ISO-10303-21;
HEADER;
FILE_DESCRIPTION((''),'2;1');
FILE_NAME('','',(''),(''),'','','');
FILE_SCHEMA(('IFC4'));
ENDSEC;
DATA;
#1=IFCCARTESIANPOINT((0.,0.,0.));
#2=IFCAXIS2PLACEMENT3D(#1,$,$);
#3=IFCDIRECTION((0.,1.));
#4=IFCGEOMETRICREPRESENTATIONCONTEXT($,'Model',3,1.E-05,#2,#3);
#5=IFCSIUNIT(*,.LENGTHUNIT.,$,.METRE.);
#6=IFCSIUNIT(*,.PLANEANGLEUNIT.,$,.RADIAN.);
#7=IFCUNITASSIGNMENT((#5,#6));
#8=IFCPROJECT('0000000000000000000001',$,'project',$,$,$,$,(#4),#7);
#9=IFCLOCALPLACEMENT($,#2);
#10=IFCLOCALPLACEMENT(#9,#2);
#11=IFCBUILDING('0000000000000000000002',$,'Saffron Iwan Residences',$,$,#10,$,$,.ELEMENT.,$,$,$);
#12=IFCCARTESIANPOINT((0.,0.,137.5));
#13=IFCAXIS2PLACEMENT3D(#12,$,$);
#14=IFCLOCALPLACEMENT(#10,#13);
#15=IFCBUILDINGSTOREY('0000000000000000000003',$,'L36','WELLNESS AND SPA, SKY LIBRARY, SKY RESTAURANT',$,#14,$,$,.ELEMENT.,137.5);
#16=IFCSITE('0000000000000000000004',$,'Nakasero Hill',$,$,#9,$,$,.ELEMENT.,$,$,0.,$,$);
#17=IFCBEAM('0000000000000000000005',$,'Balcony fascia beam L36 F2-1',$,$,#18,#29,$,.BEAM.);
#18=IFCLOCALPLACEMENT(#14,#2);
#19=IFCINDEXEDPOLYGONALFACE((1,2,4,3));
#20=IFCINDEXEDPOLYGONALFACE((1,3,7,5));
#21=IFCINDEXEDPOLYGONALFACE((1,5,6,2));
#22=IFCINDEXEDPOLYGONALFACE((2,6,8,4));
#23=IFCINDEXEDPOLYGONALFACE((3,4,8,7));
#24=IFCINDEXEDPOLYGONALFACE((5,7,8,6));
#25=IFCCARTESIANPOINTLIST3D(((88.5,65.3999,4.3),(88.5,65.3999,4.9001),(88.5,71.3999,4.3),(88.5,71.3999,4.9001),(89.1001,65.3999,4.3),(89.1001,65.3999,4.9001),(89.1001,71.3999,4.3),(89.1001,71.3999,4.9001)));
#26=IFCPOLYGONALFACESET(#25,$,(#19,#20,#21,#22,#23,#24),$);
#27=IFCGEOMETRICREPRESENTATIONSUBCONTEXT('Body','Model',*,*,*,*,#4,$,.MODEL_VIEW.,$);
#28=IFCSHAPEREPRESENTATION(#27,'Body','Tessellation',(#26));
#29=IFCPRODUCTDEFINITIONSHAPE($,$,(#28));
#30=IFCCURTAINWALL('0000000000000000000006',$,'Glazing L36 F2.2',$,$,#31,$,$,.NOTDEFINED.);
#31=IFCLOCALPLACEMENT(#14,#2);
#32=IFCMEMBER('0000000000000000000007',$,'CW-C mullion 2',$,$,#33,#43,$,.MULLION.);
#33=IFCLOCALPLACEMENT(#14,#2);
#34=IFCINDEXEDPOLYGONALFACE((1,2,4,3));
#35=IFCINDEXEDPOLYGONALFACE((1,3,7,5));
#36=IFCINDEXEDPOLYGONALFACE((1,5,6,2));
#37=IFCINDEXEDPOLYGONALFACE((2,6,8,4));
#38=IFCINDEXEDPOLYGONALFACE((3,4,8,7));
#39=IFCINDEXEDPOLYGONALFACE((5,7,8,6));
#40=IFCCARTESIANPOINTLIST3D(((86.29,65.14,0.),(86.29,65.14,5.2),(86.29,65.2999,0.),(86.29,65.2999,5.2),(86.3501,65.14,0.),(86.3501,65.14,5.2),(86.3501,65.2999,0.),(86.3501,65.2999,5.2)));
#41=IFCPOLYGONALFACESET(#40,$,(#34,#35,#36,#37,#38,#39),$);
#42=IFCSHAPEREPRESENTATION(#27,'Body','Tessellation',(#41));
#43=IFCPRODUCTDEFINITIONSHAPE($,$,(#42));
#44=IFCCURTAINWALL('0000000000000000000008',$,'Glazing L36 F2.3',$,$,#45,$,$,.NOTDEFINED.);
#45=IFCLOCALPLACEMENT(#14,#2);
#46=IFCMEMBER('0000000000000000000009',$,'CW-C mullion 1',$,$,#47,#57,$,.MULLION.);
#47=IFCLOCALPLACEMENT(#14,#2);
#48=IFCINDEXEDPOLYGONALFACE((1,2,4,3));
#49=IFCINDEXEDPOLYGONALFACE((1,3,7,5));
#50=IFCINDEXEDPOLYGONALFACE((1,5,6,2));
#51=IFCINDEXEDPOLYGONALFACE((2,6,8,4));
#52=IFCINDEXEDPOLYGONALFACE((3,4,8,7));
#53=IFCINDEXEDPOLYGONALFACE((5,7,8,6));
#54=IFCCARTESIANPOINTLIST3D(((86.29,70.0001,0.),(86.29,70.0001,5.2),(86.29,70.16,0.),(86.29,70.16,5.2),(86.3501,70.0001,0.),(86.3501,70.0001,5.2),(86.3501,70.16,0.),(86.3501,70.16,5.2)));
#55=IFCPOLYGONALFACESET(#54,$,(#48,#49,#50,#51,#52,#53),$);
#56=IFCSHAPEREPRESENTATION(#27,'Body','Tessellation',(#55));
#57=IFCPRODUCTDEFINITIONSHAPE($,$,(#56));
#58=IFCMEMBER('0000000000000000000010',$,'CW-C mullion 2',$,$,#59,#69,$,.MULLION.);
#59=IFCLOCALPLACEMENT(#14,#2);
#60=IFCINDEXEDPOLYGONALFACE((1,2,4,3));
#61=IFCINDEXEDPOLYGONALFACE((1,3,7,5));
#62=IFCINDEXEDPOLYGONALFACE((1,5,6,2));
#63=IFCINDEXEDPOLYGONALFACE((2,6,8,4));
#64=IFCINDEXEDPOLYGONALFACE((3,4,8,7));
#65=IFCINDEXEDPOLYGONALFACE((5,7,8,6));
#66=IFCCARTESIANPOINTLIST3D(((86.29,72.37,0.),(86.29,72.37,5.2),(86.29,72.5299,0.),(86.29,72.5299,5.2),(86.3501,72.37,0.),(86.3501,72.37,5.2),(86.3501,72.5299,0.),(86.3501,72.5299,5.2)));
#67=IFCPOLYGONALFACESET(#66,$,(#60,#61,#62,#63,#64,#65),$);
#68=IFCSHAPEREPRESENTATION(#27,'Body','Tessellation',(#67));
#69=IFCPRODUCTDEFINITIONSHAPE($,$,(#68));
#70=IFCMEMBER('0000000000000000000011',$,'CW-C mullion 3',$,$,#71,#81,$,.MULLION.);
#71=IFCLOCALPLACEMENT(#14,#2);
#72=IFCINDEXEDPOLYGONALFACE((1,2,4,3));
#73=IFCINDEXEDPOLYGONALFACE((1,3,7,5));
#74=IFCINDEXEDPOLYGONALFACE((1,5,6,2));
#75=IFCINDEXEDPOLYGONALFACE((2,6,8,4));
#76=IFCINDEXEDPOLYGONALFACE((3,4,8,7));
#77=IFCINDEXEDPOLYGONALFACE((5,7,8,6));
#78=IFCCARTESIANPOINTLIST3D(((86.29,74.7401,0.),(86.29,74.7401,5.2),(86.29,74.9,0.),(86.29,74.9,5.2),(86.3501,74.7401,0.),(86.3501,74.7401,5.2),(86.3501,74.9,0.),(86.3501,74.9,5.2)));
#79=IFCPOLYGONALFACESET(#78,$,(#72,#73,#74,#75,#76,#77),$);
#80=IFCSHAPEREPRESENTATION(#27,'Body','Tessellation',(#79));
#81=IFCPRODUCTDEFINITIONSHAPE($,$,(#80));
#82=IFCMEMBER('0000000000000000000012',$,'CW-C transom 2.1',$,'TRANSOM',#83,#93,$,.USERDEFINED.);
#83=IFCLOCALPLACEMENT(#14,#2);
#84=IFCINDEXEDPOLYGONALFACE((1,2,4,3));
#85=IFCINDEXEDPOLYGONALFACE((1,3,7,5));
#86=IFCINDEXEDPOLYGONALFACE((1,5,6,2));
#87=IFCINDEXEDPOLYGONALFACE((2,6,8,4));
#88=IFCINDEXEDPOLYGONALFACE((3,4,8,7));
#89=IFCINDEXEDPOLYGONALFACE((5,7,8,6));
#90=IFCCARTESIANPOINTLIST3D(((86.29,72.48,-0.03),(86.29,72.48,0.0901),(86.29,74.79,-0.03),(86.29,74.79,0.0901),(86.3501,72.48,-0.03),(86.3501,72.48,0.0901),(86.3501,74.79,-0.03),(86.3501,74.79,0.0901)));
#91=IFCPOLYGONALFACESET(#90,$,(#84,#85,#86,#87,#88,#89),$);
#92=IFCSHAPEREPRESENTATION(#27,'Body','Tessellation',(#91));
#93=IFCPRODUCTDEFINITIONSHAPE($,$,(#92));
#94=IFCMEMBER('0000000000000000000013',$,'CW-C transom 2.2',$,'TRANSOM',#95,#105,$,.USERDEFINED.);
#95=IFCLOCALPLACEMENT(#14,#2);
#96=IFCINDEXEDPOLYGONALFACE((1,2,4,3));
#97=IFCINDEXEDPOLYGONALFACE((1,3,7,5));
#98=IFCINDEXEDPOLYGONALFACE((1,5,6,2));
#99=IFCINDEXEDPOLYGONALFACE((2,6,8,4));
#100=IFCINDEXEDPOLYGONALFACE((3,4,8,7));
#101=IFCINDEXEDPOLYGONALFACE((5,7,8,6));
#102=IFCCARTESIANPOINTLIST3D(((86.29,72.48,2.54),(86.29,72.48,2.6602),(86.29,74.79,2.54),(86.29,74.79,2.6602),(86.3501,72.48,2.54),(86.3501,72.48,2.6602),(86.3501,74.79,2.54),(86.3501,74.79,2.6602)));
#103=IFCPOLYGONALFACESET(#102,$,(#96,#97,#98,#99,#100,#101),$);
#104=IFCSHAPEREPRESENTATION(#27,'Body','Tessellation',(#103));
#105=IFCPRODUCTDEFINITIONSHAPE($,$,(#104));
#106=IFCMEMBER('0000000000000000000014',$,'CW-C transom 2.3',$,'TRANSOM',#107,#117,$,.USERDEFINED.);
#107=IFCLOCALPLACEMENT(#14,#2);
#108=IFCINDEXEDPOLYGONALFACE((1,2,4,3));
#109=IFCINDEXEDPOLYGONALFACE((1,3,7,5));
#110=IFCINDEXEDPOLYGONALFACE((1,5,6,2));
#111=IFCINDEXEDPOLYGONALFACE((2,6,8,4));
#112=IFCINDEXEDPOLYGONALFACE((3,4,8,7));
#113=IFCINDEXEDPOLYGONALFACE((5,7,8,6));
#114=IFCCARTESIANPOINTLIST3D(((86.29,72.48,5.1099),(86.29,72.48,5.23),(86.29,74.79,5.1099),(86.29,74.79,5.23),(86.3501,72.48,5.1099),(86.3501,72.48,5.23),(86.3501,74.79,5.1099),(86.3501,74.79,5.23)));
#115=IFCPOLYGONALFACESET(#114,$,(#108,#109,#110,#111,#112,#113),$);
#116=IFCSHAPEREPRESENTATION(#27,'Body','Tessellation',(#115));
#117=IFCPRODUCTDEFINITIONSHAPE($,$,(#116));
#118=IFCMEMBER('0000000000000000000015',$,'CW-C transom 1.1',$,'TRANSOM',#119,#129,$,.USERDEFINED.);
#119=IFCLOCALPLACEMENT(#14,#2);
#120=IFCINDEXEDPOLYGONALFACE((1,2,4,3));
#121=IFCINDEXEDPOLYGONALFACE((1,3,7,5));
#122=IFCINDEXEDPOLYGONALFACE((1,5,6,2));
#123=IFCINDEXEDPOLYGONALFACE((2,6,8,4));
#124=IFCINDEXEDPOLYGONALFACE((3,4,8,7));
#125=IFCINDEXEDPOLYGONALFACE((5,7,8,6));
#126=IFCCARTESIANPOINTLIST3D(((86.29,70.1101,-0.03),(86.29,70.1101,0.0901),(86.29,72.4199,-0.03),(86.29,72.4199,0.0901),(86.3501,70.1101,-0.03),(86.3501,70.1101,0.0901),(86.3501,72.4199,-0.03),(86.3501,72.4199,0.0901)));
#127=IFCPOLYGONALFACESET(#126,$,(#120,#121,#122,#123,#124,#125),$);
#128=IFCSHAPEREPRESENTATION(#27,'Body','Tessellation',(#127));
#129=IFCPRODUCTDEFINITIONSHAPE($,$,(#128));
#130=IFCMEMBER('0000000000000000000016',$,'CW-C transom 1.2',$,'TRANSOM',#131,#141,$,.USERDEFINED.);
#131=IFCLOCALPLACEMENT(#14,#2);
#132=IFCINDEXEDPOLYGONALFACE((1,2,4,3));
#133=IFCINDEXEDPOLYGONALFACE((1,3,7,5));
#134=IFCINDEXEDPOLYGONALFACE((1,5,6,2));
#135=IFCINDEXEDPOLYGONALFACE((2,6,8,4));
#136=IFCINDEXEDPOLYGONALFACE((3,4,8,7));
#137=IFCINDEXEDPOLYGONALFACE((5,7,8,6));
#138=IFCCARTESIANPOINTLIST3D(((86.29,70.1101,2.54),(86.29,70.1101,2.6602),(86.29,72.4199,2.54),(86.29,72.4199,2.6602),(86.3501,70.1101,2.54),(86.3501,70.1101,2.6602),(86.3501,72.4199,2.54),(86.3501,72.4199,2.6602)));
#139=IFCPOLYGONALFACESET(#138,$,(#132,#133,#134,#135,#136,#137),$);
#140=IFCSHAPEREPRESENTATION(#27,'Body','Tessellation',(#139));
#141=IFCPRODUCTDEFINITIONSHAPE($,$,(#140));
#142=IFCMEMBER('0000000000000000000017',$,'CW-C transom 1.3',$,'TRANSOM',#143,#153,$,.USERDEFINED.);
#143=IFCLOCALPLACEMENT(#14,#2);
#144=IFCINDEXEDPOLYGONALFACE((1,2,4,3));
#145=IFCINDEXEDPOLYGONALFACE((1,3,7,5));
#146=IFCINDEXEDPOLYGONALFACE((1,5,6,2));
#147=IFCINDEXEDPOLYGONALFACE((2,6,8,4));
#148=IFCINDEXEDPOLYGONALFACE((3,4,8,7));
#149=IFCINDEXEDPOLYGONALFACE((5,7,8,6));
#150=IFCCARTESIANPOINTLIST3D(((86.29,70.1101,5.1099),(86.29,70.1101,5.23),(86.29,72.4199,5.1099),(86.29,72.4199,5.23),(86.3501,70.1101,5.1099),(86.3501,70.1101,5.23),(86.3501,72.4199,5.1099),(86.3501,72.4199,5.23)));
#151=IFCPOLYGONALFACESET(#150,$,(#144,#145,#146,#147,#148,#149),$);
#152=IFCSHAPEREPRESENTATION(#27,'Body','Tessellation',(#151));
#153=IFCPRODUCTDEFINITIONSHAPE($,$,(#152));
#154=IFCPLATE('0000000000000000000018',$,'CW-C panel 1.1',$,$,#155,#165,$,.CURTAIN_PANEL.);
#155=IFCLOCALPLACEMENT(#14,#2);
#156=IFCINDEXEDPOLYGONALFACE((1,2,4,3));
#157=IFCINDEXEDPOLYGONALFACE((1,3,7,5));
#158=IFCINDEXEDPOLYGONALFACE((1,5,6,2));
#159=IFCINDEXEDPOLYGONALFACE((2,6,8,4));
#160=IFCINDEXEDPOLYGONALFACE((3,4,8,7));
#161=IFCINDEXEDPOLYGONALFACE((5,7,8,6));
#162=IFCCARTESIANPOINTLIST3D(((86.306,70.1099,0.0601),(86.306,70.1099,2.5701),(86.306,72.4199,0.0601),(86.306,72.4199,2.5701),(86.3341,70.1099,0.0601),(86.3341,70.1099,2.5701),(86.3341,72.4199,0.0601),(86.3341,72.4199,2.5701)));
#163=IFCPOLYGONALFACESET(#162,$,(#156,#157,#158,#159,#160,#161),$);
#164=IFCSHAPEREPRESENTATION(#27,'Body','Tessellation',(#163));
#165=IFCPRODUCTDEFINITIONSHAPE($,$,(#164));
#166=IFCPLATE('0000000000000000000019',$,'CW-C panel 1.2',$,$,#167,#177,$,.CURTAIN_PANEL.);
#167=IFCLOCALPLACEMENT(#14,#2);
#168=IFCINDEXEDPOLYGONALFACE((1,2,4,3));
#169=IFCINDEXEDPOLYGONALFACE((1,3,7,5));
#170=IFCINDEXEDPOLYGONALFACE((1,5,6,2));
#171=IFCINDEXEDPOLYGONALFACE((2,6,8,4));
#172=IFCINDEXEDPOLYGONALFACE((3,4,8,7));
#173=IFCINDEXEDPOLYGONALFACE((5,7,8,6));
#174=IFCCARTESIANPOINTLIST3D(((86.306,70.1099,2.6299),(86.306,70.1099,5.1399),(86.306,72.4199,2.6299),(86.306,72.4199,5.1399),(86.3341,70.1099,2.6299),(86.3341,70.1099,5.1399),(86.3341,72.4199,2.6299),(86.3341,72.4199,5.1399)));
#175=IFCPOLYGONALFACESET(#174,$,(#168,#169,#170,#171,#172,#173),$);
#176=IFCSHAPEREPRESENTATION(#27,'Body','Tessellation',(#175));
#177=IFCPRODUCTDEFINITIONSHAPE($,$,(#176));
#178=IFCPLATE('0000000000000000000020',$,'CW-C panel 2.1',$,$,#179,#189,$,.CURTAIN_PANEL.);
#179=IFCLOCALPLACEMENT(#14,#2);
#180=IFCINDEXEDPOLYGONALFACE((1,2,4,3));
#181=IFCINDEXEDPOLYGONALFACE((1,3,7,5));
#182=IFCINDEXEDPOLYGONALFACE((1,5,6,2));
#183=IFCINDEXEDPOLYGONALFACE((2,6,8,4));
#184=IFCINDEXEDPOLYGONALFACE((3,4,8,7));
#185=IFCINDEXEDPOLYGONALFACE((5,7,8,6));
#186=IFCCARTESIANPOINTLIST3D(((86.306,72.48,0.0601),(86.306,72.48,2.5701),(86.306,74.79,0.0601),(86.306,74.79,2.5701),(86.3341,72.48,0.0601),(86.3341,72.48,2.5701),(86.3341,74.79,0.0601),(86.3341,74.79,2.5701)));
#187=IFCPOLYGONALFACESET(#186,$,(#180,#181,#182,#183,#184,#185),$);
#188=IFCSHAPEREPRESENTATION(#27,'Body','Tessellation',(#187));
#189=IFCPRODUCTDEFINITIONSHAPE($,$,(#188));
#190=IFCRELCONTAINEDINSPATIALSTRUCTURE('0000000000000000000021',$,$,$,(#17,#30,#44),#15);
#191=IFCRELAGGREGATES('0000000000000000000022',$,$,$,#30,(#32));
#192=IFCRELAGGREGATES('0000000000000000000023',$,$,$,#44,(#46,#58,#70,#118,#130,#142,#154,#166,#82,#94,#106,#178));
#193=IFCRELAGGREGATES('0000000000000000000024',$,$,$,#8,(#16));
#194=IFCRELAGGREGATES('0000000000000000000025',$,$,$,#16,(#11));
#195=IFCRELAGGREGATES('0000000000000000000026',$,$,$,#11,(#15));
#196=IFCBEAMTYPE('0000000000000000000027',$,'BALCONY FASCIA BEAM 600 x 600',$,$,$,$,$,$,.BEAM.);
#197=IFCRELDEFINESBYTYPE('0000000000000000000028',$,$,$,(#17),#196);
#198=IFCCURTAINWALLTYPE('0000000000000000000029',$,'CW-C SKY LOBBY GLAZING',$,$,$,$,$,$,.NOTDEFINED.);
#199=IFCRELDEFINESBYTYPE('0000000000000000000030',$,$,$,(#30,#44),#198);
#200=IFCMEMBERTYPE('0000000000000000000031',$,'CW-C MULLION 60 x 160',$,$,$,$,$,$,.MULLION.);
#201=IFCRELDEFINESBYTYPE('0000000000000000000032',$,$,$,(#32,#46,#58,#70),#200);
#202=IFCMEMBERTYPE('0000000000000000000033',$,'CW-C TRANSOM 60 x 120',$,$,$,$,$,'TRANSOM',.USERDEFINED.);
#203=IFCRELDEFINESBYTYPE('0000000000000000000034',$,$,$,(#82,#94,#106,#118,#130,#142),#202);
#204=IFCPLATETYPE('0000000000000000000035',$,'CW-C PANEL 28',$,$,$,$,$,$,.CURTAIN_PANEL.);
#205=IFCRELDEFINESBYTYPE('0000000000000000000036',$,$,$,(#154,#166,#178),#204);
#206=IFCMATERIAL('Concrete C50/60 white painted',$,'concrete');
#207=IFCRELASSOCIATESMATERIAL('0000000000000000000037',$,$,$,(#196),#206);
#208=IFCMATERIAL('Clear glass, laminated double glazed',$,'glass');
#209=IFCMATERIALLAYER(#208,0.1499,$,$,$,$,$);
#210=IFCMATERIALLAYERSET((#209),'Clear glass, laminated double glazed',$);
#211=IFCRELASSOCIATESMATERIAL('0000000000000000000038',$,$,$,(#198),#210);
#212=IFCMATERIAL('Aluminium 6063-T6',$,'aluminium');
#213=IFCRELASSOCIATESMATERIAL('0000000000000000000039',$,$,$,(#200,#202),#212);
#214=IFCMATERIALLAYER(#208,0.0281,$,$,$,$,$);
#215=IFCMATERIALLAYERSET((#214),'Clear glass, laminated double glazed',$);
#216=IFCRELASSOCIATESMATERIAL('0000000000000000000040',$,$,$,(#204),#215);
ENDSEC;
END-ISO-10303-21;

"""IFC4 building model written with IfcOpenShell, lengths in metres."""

from ifc_helpers import new_model, si_unit, direction, frame, origin, origin_2d, place, context, subcontext, project, spatial, rectangle, extrude, source, transform, mapped, material, layer, layer_set, material_profile, profile_set, type_object, element, aggregate, save


model = new_model("IFC4")

# Units and contexts
model_context = context("Model", 3, precision=1e-05, world=origin(), true_north=direction((0.0, 1.0)))
body_context = subcontext(model_context, "Body", "Model", "MODEL_VIEW")
ifc_project = project(units=[si_unit("LENGTHUNIT", "METRE"), si_unit("PLANEANGLEUNIT", "RADIAN")], contexts=[model_context])

# Site, building, storey
site_placement = place(None, origin())
site = spatial("IfcSite", under=ifc_project, at=site_placement, Name="Nakasero Hill", CompositionType="ELEMENT", RefElevation=0.0)
building_placement = place(site_placement, origin())
building = spatial("IfcBuilding", under=site, at=building_placement, Name="Saffron Iwan Residences", CompositionType="ELEMENT")
storey_placement = place(building_placement, frame((0.0, 0.0, 137.5)))
storey = spatial("IfcBuildingStorey", under=building, at=storey_placement, Name="L36", Description="WELLNESS AND SPA, SKY LIBRARY, SKY RESTAURANT", CompositionType="ELEMENT", Elevation=137.5)

# Beam
ifc_material_1 = material(Name="Concrete C50/60 white painted", Category="concrete")
ifc_material_profile_1 = material_profile(ifc_material_1, rectangle(XDim=0.6001, YDim=0.6001, at=origin_2d()), Name="BALCONY FASCIA BEAM 600 x 600")
ifc_profile_set_1 = profile_set([ifc_material_profile_1], Name="Concrete C50/60 white painted")
beam_type = type_object("IfcBeamType", Name="BALCONY FASCIA BEAM 600 x 600", PredefinedType="BEAM", material=ifc_profile_set_1)
shared_shape_1 = source(origin(), body_context, "Body", "SweptSolid", [
    extrude(rectangle(XDim=0.6001, YDim=0.6001, at=origin_2d()), origin(), (0.0, 0.0, 1.0), 6.0),
])
beam_placement = place(storey_placement, frame((88.8, 65.3999, 4.6001), z_axis=(0.0, 1.0, 0.0), x_axis=(-1.0, 0.0, 0.0)))
element("IfcBeam", 1, at=beam_placement, inside=storey, type_object=beam_type, Name="Balcony fascia beam L36 F2-1", PredefinedType="BEAM", context=body_context, shape_type="MappedRepresentation", body=[
    mapped(shared_shape_1, transform((0.0, 0.0, 0.0))),
])

# Curtain wall, member
ifc_material_2 = material(Name="Clear glass, laminated double glazed", Category="glass")
ifc_layer_1 = layer(ifc_material_2, 0.1499)
ifc_layer_set_1 = layer_set([ifc_layer_1], Name="Clear glass, laminated double glazed")
curtain_wall_type = type_object("IfcCurtainWallType", Name="CW-C SKY LOBBY GLAZING", PredefinedType="NOTDEFINED", material=ifc_layer_set_1)
curtain_wall_1_placement = place(storey_placement, origin())
curtain_wall_1 = element("IfcCurtainWall", 2, at=curtain_wall_1_placement, inside=storey, type_object=curtain_wall_type, Name="Glazing L36 F2.2", PredefinedType="NOTDEFINED")
ifc_material_3 = material(Name="Aluminium 6063-T6", Category="aluminium")
ifc_material_profile_2 = material_profile(ifc_material_3, rectangle(XDim=0.0601, YDim=0.1599, at=origin_2d()), Name="CW-C MULLION 60 x 160")
ifc_profile_set_2 = profile_set([ifc_material_profile_2], Name="Aluminium 6063-T6")
member_type_1 = type_object("IfcMemberType", Name="CW-C MULLION 60 x 160", PredefinedType="MULLION", material=ifc_profile_set_2)
shared_shape_2 = source(origin(), body_context, "Body", "SweptSolid", [
    extrude(rectangle(XDim=0.0601, YDim=0.1599, at=origin_2d()), origin(), (0.0, 0.0, 1.0), 5.2),
])
member_1_placement = place(storey_placement, frame((86.3201, 65.22, 0.0), z_axis=(0.0, 0.0, 1.0), x_axis=(-1.0, 0.0, 0.0)))
member_1 = element("IfcMember", 3, at=member_1_placement, type_object=member_type_1, Name="CW-C mullion 2", PredefinedType="MULLION", context=body_context, shape_type="MappedRepresentation", body=[
    mapped(shared_shape_2, transform((0.0, 0.0, 0.0))),
])
aggregate(curtain_wall_1, [member_1])

# Curtain wall, members, plates
curtain_wall_2_placement = place(storey_placement, origin())
curtain_wall_2 = element("IfcCurtainWall", 4, at=curtain_wall_2_placement, inside=storey, type_object=curtain_wall_type, Name="Glazing L36 F2.3", PredefinedType="NOTDEFINED")
member_2_placement = place(storey_placement, frame((86.3201, 70.0801, 0.0), z_axis=(0.0, 0.0, 1.0), x_axis=(-1.0, 0.0, 0.0)))
member_2 = element("IfcMember", 5, at=member_2_placement, type_object=member_type_1, Name="CW-C mullion 1", PredefinedType="MULLION", context=body_context, shape_type="MappedRepresentation", body=[
    mapped(shared_shape_2, transform((0.0, 0.0, 0.0))),
])
member_3_placement = place(storey_placement, frame((86.3201, 72.45, 0.0), z_axis=(0.0, 0.0, 1.0), x_axis=(-1.0, 0.0, 0.0)))
member_3 = element("IfcMember", 6, at=member_3_placement, type_object=member_type_1, Name="CW-C mullion 2", PredefinedType="MULLION", context=body_context, shape_type="MappedRepresentation", body=[
    mapped(shared_shape_2, transform((0.0, 0.0, 0.0))),
])
member_4_placement = place(storey_placement, frame((86.3201, 74.8201, 0.0), z_axis=(0.0, 0.0, 1.0), x_axis=(-1.0, 0.0, 0.0)))
member_4 = element("IfcMember", 7, at=member_4_placement, type_object=member_type_1, Name="CW-C mullion 3", PredefinedType="MULLION", context=body_context, shape_type="MappedRepresentation", body=[
    mapped(shared_shape_2, transform((0.0, 0.0, 0.0))),
])
ifc_material_profile_3 = material_profile(ifc_material_3, rectangle(XDim=0.0601, YDim=0.1201, at=origin_2d()), Name="CW-C TRANSOM 60 x 120")
ifc_profile_set_3 = profile_set([ifc_material_profile_3], Name="Aluminium 6063-T6")
member_type_2 = type_object("IfcMemberType", Name="CW-C TRANSOM 60 x 120", ElementType="TRANSOM", PredefinedType="USERDEFINED", material=ifc_profile_set_3)
shared_shape_3 = source(origin(), body_context, "Body", "SweptSolid", [
    extrude(rectangle(XDim=0.0601, YDim=0.1201, at=origin_2d()), origin(), (0.0, 0.0, 1.0), 2.3101),
])
member_5_placement = place(storey_placement, frame((86.3201, 72.48, 0.03), z_axis=(0.0, 1.0, 0.0), x_axis=(-1.0, 0.0, 0.0)))
member_5 = element("IfcMember", 8, at=member_5_placement, type_object=member_type_2, Name="CW-C transom 2.1", ObjectType="TRANSOM", PredefinedType="USERDEFINED", context=body_context, shape_type="MappedRepresentation", body=[
    mapped(shared_shape_3, transform((0.0, 0.0, 0.0))),
])
member_6_placement = place(storey_placement, frame((86.3201, 72.48, 2.6001), z_axis=(0.0, 1.0, 0.0), x_axis=(-1.0, 0.0, 0.0)))
member_6 = element("IfcMember", 9, at=member_6_placement, type_object=member_type_2, Name="CW-C transom 2.2", ObjectType="TRANSOM", PredefinedType="USERDEFINED", context=body_context, shape_type="MappedRepresentation", body=[
    mapped(shared_shape_3, transform((0.0, 0.0, 0.0))),
])
member_7_placement = place(storey_placement, frame((86.3201, 72.48, 5.1699), z_axis=(0.0, 1.0, 0.0), x_axis=(-1.0, 0.0, 0.0)))
member_7 = element("IfcMember", 10, at=member_7_placement, type_object=member_type_2, Name="CW-C transom 2.3", ObjectType="TRANSOM", PredefinedType="USERDEFINED", context=body_context, shape_type="MappedRepresentation", body=[
    mapped(shared_shape_3, transform((0.0, 0.0, 0.0))),
])
shared_shape_4 = source(origin(), body_context, "Body", "SweptSolid", [
    extrude(rectangle(XDim=0.0601, YDim=0.1201, at=origin_2d()), origin(), (0.0, 0.0, 1.0), 2.3098),
])
member_8_placement = place(storey_placement, frame((86.3201, 70.1101, 0.03), z_axis=(0.0, 1.0, 0.0), x_axis=(-1.0, 0.0, 0.0)))
member_8 = element("IfcMember", 11, at=member_8_placement, type_object=member_type_2, Name="CW-C transom 1.1", ObjectType="TRANSOM", PredefinedType="USERDEFINED", context=body_context, shape_type="MappedRepresentation", body=[
    mapped(shared_shape_4, transform((0.0, 0.0, 0.0))),
])
member_9_placement = place(storey_placement, frame((86.3201, 70.1101, 2.6001), z_axis=(0.0, 1.0, 0.0), x_axis=(-1.0, 0.0, 0.0)))
member_9 = element("IfcMember", 12, at=member_9_placement, type_object=member_type_2, Name="CW-C transom 1.2", ObjectType="TRANSOM", PredefinedType="USERDEFINED", context=body_context, shape_type="MappedRepresentation", body=[
    mapped(shared_shape_4, transform((0.0, 0.0, 0.0))),
])
member_10_placement = place(storey_placement, frame((86.3201, 70.1101, 5.1699), z_axis=(0.0, 1.0, 0.0), x_axis=(-1.0, 0.0, 0.0)))
member_10 = element("IfcMember", 13, at=member_10_placement, type_object=member_type_2, Name="CW-C transom 1.3", ObjectType="TRANSOM", PredefinedType="USERDEFINED", context=body_context, shape_type="MappedRepresentation", body=[
    mapped(shared_shape_4, transform((0.0, 0.0, 0.0))),
])
ifc_layer_2 = layer(ifc_material_2, 0.0281)
ifc_layer_set_2 = layer_set([ifc_layer_2], Name="Clear glass, laminated double glazed")
plate_type = type_object("IfcPlateType", Name="CW-C PANEL 28", PredefinedType="CURTAIN_PANEL", material=ifc_layer_set_2)
shared_shape_5 = source(origin(), body_context, "Body", "SweptSolid", [
    extrude(rectangle(XDim=2.3101, YDim=0.0281, at=origin_2d()), origin(), (0.0, 0.0, 1.0), 2.51),
])
plate_1_placement = place(storey_placement, frame((86.3201, 71.2649, 0.0601), z_axis=(0.0, 0.0, 1.0), x_axis=(0.0, 1.0, 0.0)))
plate_1 = element("IfcPlate", 14, at=plate_1_placement, type_object=plate_type, Name="CW-C panel 1.1", PredefinedType="CURTAIN_PANEL", context=body_context, shape_type="MappedRepresentation", body=[
    mapped(shared_shape_5, transform((0.0, 0.0, 0.0))),
])
plate_2_placement = place(storey_placement, frame((86.3201, 71.2649, 2.6299), z_axis=(0.0, 0.0, 1.0), x_axis=(0.0, 1.0, 0.0)))
plate_2 = element("IfcPlate", 15, at=plate_2_placement, type_object=plate_type, Name="CW-C panel 1.2", PredefinedType="CURTAIN_PANEL", context=body_context, shape_type="MappedRepresentation", body=[
    mapped(shared_shape_5, transform((0.0, 0.0, 0.0))),
])
plate_3_placement = place(storey_placement, frame((86.3201, 73.635, 0.0601), z_axis=(0.0, 0.0, 1.0), x_axis=(0.0, 1.0, 0.0)))
plate_3 = element("IfcPlate", 16, at=plate_3_placement, type_object=plate_type, Name="CW-C panel 2.1", PredefinedType="CURTAIN_PANEL", context=body_context, shape_type="MappedRepresentation", body=[
    mapped(shared_shape_5, transform((0.0, 0.0, 0.0))),
])
aggregate(curtain_wall_2, [member_2, member_3, member_4, member_8, member_9, member_10, plate_1, plate_2, member_5, member_6, member_7, plate_3])

save(model, "model.ifc")
